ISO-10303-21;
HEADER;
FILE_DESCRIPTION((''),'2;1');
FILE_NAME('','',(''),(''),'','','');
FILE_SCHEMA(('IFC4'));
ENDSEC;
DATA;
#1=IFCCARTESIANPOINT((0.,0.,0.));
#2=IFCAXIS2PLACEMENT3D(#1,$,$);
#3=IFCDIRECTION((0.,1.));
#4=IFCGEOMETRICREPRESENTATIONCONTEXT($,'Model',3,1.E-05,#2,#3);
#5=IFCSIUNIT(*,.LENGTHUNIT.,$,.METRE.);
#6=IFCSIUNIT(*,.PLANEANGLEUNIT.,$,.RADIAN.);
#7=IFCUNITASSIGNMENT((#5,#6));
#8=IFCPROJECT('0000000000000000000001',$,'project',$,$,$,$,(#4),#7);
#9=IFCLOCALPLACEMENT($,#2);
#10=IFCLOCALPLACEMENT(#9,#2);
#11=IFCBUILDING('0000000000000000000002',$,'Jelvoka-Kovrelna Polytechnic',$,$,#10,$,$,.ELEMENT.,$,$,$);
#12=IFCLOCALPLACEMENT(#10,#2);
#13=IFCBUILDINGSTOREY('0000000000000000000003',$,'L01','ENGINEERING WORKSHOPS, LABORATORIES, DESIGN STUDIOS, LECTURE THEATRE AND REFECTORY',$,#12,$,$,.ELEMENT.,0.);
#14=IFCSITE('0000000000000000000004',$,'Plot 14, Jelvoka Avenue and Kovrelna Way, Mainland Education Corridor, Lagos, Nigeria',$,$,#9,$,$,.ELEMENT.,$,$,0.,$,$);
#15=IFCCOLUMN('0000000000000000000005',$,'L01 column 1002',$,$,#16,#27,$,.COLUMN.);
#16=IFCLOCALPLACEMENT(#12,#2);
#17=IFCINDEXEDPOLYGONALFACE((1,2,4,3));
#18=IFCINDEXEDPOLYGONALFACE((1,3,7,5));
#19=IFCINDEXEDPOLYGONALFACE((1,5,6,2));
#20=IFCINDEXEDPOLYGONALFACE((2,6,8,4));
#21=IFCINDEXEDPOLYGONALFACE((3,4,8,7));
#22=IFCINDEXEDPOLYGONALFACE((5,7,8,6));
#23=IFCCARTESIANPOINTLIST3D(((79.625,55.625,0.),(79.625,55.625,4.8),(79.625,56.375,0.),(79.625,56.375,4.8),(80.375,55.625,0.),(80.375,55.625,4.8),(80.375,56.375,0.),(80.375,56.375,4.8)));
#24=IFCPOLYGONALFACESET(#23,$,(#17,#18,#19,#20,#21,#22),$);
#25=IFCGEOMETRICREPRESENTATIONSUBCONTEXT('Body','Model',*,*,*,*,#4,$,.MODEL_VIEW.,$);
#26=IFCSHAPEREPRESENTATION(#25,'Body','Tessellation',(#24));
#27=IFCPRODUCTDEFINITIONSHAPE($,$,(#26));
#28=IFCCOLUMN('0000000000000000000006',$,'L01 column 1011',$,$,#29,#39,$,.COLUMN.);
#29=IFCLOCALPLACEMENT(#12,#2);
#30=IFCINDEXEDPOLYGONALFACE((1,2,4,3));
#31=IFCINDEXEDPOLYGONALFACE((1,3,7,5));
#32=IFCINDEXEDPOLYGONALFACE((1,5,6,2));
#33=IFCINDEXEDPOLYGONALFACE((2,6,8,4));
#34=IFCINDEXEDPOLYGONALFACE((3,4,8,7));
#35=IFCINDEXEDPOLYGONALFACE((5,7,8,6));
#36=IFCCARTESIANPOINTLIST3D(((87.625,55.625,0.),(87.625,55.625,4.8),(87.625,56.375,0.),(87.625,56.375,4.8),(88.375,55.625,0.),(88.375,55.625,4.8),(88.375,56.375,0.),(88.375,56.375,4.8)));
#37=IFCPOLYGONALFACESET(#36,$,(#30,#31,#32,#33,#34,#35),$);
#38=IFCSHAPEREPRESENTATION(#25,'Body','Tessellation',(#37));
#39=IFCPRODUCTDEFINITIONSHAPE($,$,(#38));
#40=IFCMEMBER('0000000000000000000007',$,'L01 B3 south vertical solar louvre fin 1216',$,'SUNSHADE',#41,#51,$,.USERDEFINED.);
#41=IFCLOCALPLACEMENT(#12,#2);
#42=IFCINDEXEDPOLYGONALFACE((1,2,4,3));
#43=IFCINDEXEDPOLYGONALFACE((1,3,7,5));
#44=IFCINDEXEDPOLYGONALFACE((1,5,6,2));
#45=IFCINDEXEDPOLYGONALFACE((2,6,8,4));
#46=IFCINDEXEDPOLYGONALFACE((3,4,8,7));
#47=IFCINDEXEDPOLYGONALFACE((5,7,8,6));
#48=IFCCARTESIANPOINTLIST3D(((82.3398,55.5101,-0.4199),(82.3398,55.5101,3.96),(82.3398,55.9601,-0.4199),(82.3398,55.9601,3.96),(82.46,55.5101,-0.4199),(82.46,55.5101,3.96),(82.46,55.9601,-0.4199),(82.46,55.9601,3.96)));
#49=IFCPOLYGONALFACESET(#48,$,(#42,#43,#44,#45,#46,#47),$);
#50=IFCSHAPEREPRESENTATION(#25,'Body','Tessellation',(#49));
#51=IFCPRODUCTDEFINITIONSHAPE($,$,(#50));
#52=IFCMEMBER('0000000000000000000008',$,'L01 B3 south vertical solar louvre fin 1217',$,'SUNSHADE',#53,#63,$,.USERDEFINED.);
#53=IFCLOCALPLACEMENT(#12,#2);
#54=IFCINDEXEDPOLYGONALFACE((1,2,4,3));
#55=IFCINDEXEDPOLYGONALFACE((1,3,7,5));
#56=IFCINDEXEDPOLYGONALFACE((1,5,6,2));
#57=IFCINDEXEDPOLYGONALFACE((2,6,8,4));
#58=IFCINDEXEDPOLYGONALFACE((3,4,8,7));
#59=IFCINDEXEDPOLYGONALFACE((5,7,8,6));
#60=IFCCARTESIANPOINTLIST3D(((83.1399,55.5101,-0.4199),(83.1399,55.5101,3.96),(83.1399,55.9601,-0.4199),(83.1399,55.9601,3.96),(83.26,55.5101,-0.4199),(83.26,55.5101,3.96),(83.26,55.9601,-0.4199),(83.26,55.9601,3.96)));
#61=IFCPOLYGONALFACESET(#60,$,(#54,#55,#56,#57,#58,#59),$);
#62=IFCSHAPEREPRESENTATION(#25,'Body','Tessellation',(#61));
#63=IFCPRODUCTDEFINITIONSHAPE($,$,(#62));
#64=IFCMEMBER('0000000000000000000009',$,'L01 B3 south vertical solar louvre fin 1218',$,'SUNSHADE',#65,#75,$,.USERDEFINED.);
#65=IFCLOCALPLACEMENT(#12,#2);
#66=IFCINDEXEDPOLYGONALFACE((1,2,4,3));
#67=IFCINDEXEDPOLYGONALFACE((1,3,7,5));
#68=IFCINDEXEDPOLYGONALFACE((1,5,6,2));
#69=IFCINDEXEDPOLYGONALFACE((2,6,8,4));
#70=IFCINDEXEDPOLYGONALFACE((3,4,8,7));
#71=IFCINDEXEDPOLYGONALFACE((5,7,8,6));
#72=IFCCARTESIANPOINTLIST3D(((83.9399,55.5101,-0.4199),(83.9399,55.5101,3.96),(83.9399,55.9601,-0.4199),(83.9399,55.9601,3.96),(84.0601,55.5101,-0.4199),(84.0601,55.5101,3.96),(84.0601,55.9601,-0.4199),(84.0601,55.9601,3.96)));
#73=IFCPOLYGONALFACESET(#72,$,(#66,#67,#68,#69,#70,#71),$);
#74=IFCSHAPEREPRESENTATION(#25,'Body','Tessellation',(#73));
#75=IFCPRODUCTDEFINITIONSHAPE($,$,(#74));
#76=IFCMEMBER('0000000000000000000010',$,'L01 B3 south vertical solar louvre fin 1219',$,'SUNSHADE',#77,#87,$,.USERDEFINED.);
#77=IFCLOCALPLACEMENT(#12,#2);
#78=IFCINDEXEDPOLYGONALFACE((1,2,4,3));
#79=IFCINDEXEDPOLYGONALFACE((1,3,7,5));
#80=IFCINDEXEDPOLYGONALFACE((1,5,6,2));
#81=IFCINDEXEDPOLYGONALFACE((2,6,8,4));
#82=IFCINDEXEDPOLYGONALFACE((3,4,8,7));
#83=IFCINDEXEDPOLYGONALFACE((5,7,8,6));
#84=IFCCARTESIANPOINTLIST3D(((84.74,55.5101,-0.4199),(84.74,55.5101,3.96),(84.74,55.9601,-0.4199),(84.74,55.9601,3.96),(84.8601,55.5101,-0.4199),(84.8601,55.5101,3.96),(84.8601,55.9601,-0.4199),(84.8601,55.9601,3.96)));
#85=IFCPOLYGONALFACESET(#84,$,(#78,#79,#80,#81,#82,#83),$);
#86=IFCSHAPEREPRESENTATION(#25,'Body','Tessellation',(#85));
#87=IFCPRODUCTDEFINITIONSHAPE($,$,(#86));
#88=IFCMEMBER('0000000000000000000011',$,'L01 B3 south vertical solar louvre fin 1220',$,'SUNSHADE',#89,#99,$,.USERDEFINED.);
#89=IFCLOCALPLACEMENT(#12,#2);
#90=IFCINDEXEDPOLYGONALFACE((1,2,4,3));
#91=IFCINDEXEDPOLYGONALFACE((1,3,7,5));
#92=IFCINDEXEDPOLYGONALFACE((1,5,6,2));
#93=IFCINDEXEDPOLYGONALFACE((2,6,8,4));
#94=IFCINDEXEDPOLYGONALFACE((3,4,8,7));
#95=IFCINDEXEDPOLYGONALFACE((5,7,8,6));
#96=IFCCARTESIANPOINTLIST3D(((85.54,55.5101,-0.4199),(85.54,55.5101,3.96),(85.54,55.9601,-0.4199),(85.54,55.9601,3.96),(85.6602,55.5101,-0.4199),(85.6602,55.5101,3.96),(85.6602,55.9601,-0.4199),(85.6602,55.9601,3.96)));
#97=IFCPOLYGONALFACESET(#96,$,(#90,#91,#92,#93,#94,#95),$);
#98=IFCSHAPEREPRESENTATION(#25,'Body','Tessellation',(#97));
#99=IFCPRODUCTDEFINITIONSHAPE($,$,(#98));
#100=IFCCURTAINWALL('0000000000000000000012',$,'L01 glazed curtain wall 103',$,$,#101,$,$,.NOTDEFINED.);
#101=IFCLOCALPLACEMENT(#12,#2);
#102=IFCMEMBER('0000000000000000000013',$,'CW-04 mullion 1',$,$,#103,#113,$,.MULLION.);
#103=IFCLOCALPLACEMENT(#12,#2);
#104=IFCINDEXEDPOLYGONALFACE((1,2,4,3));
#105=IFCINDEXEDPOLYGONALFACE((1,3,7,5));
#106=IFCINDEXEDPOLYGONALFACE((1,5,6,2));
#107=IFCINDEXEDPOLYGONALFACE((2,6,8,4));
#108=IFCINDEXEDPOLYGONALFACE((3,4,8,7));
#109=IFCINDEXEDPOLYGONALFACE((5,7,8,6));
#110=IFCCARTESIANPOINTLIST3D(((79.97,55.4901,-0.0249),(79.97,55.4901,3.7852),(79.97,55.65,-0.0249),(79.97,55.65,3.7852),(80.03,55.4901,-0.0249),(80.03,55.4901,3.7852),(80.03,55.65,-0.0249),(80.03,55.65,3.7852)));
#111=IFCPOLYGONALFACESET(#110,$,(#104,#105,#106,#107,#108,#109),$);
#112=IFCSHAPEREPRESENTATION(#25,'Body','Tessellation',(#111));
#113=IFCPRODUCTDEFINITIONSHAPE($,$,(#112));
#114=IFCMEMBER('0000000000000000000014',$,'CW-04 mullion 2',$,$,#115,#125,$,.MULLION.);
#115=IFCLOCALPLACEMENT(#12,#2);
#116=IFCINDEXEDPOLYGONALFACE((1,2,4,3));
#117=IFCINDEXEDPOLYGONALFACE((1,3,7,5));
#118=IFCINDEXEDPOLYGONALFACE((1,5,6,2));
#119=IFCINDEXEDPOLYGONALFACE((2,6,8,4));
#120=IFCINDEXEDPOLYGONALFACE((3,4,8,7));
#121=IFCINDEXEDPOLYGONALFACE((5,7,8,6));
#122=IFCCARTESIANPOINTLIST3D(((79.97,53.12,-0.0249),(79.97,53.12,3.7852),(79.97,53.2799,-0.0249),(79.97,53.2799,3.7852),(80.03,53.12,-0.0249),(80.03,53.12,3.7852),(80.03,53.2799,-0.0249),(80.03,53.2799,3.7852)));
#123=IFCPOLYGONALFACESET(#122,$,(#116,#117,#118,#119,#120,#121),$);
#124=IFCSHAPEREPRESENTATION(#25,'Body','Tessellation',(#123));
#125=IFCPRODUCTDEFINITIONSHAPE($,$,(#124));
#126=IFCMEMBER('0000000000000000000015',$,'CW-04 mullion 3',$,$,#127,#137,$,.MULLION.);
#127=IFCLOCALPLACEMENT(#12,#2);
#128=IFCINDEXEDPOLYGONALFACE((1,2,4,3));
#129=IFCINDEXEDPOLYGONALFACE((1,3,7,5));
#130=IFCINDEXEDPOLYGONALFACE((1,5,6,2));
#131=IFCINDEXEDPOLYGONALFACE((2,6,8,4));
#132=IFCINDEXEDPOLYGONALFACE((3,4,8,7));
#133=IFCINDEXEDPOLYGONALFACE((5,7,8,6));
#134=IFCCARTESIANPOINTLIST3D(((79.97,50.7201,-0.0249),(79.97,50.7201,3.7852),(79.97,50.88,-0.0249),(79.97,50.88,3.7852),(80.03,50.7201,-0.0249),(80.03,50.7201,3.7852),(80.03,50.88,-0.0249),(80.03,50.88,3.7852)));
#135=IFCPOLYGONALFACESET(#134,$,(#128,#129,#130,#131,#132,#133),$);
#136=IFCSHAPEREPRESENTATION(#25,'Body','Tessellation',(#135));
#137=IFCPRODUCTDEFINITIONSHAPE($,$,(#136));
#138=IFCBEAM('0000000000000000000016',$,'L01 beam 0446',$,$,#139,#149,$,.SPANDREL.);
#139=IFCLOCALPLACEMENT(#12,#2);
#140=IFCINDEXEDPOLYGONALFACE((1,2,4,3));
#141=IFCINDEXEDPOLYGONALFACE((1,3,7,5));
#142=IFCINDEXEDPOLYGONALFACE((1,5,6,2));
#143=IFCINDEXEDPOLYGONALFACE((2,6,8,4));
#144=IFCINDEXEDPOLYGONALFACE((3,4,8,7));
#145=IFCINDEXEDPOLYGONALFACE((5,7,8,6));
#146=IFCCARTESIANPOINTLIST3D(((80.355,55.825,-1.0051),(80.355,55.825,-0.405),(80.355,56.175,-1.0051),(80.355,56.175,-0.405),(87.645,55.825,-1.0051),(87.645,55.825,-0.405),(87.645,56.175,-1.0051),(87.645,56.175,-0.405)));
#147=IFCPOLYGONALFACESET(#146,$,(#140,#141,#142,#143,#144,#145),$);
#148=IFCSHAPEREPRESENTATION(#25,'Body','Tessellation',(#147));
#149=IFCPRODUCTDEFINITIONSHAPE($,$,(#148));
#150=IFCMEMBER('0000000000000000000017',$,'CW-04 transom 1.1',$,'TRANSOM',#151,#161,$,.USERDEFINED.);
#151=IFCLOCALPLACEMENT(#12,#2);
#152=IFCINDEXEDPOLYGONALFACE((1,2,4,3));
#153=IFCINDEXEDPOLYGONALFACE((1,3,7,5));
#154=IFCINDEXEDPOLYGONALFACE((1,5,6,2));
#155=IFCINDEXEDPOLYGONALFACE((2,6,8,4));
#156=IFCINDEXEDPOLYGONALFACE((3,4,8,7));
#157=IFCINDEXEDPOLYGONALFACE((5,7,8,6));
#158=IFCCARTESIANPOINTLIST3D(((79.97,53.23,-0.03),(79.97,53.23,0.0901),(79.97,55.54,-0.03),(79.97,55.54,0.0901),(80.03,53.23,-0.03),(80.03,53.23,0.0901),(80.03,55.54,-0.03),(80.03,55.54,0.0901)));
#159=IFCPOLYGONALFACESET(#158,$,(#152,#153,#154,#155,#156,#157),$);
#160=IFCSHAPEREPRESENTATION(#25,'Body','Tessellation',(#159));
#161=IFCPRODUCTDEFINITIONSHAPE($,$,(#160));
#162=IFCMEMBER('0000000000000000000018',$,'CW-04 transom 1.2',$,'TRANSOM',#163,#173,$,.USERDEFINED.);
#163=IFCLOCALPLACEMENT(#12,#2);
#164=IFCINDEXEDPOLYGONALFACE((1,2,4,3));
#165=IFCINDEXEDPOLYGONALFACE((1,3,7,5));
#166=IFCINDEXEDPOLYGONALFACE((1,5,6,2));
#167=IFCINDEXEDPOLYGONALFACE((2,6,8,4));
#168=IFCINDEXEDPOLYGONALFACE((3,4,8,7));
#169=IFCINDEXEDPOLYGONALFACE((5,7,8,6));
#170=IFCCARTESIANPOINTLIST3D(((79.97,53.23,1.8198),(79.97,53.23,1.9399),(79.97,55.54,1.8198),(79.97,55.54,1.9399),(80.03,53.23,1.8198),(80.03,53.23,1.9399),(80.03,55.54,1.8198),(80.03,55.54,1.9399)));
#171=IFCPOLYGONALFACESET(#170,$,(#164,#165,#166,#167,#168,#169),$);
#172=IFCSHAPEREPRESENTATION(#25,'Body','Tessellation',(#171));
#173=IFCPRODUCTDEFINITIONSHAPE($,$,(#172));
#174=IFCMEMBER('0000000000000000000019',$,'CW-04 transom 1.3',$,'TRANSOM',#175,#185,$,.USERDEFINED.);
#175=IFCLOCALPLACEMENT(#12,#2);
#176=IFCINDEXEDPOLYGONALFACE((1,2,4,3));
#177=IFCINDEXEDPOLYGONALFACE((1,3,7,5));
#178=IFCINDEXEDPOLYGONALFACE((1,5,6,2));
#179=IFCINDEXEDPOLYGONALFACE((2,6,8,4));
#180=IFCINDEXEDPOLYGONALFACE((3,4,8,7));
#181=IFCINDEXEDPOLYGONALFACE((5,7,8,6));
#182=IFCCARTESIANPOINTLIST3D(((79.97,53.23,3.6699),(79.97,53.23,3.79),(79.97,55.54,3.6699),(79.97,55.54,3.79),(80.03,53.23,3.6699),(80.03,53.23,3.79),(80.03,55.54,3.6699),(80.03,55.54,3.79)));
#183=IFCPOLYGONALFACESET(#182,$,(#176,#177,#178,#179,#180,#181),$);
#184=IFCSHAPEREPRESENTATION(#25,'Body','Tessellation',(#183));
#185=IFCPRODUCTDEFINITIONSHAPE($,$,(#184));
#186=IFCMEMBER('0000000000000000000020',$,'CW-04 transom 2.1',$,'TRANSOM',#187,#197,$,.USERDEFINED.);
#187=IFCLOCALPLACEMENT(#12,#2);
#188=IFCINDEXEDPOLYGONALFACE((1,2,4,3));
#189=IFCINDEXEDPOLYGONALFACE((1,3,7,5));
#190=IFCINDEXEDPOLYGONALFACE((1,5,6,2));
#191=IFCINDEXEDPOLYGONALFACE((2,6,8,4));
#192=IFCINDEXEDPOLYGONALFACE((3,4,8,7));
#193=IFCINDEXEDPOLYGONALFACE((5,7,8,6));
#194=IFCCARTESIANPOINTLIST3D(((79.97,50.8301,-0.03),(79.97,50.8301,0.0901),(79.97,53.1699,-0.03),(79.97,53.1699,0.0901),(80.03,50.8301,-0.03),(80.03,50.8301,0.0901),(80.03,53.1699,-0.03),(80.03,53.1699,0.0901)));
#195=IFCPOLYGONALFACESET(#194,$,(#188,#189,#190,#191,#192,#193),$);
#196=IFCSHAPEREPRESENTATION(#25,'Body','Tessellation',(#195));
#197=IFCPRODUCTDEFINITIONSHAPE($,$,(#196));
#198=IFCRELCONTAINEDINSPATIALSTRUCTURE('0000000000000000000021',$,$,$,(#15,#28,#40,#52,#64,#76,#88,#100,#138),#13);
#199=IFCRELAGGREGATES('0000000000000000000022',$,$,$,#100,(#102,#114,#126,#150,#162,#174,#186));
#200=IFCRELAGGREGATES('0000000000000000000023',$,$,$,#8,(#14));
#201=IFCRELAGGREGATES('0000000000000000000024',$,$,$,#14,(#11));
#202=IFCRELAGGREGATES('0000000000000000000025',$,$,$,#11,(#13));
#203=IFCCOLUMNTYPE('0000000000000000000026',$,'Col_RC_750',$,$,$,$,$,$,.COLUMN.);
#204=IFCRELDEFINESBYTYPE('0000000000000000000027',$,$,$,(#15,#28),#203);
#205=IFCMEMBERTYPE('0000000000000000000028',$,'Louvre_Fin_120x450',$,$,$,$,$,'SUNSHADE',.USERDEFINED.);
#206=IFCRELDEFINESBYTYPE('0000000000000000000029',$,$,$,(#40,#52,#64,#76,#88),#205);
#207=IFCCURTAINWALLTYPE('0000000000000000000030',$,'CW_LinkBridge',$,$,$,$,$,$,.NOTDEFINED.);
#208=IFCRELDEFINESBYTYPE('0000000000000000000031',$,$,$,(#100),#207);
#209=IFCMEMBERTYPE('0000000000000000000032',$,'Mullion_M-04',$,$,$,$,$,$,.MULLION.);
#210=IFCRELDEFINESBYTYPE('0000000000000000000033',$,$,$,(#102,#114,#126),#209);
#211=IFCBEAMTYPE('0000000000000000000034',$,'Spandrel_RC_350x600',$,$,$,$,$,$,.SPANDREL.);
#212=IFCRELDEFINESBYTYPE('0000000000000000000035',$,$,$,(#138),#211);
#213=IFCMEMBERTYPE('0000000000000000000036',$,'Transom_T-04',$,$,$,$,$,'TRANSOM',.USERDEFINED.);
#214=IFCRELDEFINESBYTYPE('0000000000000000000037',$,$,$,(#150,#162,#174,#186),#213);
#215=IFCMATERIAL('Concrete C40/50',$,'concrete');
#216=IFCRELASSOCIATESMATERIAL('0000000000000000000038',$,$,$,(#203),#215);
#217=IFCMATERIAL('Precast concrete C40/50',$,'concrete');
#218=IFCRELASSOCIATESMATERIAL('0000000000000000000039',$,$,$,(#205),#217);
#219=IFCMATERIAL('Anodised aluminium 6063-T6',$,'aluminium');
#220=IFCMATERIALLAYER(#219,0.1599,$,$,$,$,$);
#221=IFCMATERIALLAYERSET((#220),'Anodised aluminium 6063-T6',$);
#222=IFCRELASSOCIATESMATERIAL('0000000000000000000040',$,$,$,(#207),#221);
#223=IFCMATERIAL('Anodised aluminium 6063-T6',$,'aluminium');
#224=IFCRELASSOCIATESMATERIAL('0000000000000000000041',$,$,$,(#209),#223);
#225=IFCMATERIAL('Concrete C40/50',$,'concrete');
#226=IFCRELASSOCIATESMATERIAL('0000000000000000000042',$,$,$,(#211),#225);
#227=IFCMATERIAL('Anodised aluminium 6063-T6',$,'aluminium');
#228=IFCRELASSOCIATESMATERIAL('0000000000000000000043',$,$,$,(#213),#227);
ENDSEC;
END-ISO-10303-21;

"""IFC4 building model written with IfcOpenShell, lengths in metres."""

from ifc_helpers import new_model, si_unit, direction, frame, origin, origin_2d, place, context, subcontext, project, spatial, rectangle, extrude, material, layer, layer_set, material_profile, profile_set, type_object, element, aggregate, save


model = new_model("IFC4")

# Units and contexts
model_context = context("Model", 3, precision=1e-05, world=origin(), true_north=direction((0.0, 1.0)))
body_context = subcontext(model_context, "Body", "Model", "MODEL_VIEW")
ifc_project = project(units=[si_unit("LENGTHUNIT", "METRE"), si_unit("PLANEANGLEUNIT", "RADIAN")], contexts=[model_context])

# Site, building, storey
site_placement = place(None, origin())
site = spatial("IfcSite", under=ifc_project, at=site_placement, Name="Plot 14, Jelvoka Avenue and Kovrelna Way, Mainland Education Corridor, Lagos, Nigeria", CompositionType="ELEMENT", RefElevation=0.0)
building_placement = place(site_placement, origin())
building = spatial("IfcBuilding", under=site, at=building_placement, Name="Jelvoka-Kovrelna Polytechnic", CompositionType="ELEMENT")
storey_placement = place(building_placement, origin())
storey = spatial("IfcBuildingStorey", under=building, at=storey_placement, Name="L01", Description="ENGINEERING WORKSHOPS, LABORATORIES, DESIGN STUDIOS, LECTURE THEATRE AND REFECTORY", CompositionType="ELEMENT", Elevation=0.0)

# Columns
ifc_material_1 = material(Name="Concrete C40/50", Category="concrete")
ifc_material_profile_1 = material_profile(ifc_material_1, rectangle(XDim=0.75, YDim=0.75, at=origin_2d()), Name="RC 750x750")
ifc_profile_set_1 = profile_set([ifc_material_profile_1], Name="Concrete C40/50")
column_type = type_object("IfcColumnType", Name="Col_RC_750", PredefinedType="COLUMN", material=ifc_profile_set_1)
for number, where, z_axis, x_axis, name in (
    (1, (80.0, 56.0, 0.0), (0.0, 0.0, 1.0), (1.0, 0.0, 0.0), "L01 column 1002"),
    (2, (88.0, 56.0, 0.0), (0.0, 0.0, 1.0), (1.0, 0.0, 0.0), "L01 column 1011"),
):
    element("IfcColumn", number, at=place(storey_placement, frame(where, z_axis=z_axis, x_axis=x_axis)), inside=storey, type_object=column_type, Name=name, PredefinedType="COLUMN", context=body_context, shape_type="SweptSolid", body=[
        extrude(rectangle(XDim=0.75, YDim=0.75, at=origin_2d()), origin(), (0.0, 0.0, 1.0), 4.8),
    ])

# Members
ifc_material_2 = material(Name="Precast concrete C40/50", Category="concrete")
ifc_material_profile_2 = material_profile(ifc_material_2, rectangle(XDim=0.1201, YDim=0.45, at=origin_2d()), Name="PC 120x450")
ifc_profile_set_2 = profile_set([ifc_material_profile_2], Name="Precast concrete C40/50")
member_type_1 = type_object("IfcMemberType", Name="Louvre_Fin_120x450", ElementType="SUNSHADE", PredefinedType="USERDEFINED", material=ifc_profile_set_2)
for number, where, z_axis, x_axis, name in (
    (3, (82.3999, 55.7351, -0.4199), (0.0, 0.0, 1.0), (1.0, 0.0, 0.0), "L01 B3 south vertical solar louvre fin 1216"),
    (4, (83.2, 55.7351, -0.4199), (0.0, 0.0, 1.0), (1.0, 0.0, 0.0), "L01 B3 south vertical solar louvre fin 1217"),
    (5, (84.0, 55.7351, -0.4199), (0.0, 0.0, 1.0), (1.0, 0.0, 0.0), "L01 B3 south vertical solar louvre fin 1218"),
    (6, (84.8, 55.7351, -0.4199), (0.0, 0.0, 1.0), (1.0, 0.0, 0.0), "L01 B3 south vertical solar louvre fin 1219"),
    (7, (85.6001, 55.7351, -0.4199), (0.0, 0.0, 1.0), (1.0, 0.0, 0.0), "L01 B3 south vertical solar louvre fin 1220"),
):
    element("IfcMember", number, at=place(storey_placement, frame(where, z_axis=z_axis, x_axis=x_axis)), inside=storey, type_object=member_type_1, Name=name, ObjectType="SUNSHADE", PredefinedType="USERDEFINED", context=body_context, shape_type="SweptSolid", body=[
        extrude(rectangle(XDim=0.1201, YDim=0.45, at=origin_2d()), origin(), (0.0, 0.0, 1.0), 4.3799),
    ])

# Curtain wall, members
ifc_material_3 = material(Name="Anodised aluminium 6063-T6", Category="aluminium")
ifc_layer_1 = layer(ifc_material_3, 0.1599)
ifc_layer_set_1 = layer_set([ifc_layer_1], Name="Anodised aluminium 6063-T6")
curtain_wall_type = type_object("IfcCurtainWallType", Name="CW_LinkBridge", PredefinedType="NOTDEFINED", material=ifc_layer_set_1)
curtain_wall_placement = place(storey_placement, origin())
curtain_wall = element("IfcCurtainWall", 8, at=curtain_wall_placement, inside=storey, type_object=curtain_wall_type, Name="L01 glazed curtain wall 103", PredefinedType="NOTDEFINED")
ifc_material_4 = material(Name="Anodised aluminium 6063-T6", Category="aluminium")
ifc_material_profile_3 = material_profile(ifc_material_4, rectangle(XDim=0.0601, YDim=0.1599, at=origin_2d()), Name="ALU 60x160")
ifc_profile_set_3 = profile_set([ifc_material_profile_3], Name="Anodised aluminium 6063-T6")
member_type_2 = type_object("IfcMemberType", Name="Mullion_M-04", PredefinedType="MULLION", material=ifc_profile_set_3)
member_1_placement = place(storey_placement, frame((80.0, 55.5701, -0.0249), z_axis=(0.0, 0.0, 1.0), x_axis=(1.0, 0.0, 0.0)))
member_1 = element("IfcMember", 9, at=member_1_placement, type_object=member_type_2, Name="CW-04 mullion 1", PredefinedType="MULLION", context=body_context, shape_type="SweptSolid", body=[
    extrude(rectangle(XDim=0.0601, YDim=0.1599, at=origin_2d()), origin(), (0.0, 0.0, 1.0), 3.8101),
])
member_2_placement = place(storey_placement, frame((80.0, 53.2, -0.0249), z_axis=(0.0, 0.0, 1.0), x_axis=(1.0, 0.0, 0.0)))
member_2 = element("IfcMember", 10, at=member_2_placement, type_object=member_type_2, Name="CW-04 mullion 2", PredefinedType="MULLION", context=body_context, shape_type="SweptSolid", body=[
    extrude(rectangle(XDim=0.0601, YDim=0.1599, at=origin_2d()), origin(), (0.0, 0.0, 1.0), 3.8101),
])
member_3_placement = place(storey_placement, frame((80.0, 50.8, -0.0249), z_axis=(0.0, 0.0, 1.0), x_axis=(1.0, 0.0, 0.0)))
member_3 = element("IfcMember", 11, at=member_3_placement, type_object=member_type_2, Name="CW-04 mullion 3", PredefinedType="MULLION", context=body_context, shape_type="SweptSolid", body=[
    extrude(rectangle(XDim=0.0601, YDim=0.1599, at=origin_2d()), origin(), (0.0, 0.0, 1.0), 3.8101),
])

# Beam
ifc_material_5 = material(Name="Concrete C40/50", Category="concrete")
ifc_material_profile_4 = material_profile(ifc_material_5, rectangle(XDim=0.3501, YDim=0.6001, at=origin_2d()), Name="RC 350x600")
ifc_profile_set_4 = profile_set([ifc_material_profile_4], Name="Concrete C40/50")
beam_type = type_object("IfcBeamType", Name="Spandrel_RC_350x600", PredefinedType="SPANDREL", material=ifc_profile_set_4)
beam_placement = place(storey_placement, frame((80.355, 56.0, -0.7051), z_axis=(1.0, 0.0, 0.0), x_axis=(0.0, 1.0, 0.0)))
element("IfcBeam", 12, at=beam_placement, inside=storey, type_object=beam_type, Name="L01 beam 0446", PredefinedType="SPANDREL", context=body_context, shape_type="SweptSolid", body=[
    extrude(rectangle(XDim=0.3501, YDim=0.6001, at=origin_2d()), origin(), (0.0, 0.0, 1.0), 7.29),
])

# Members
ifc_material_6 = material(Name="Anodised aluminium 6063-T6", Category="aluminium")
ifc_material_profile_5 = material_profile(ifc_material_6, rectangle(XDim=0.0601, YDim=0.1201, at=origin_2d()), Name="ALU 60x120")
ifc_profile_set_5 = profile_set([ifc_material_profile_5], Name="Anodised aluminium 6063-T6")
member_type_3 = type_object("IfcMemberType", Name="Transom_T-04", ElementType="TRANSOM", PredefinedType="USERDEFINED", material=ifc_profile_set_5)
member_4_placement = place(storey_placement, frame((80.0, 55.54, 0.03), z_axis=(0.0, -1.0, 0.0), x_axis=(1.0, 0.0, 0.0)))
member_4 = element("IfcMember", 13, at=member_4_placement, type_object=member_type_3, Name="CW-04 transom 1.1", ObjectType="TRANSOM", PredefinedType="USERDEFINED", context=body_context, shape_type="SweptSolid", body=[
    extrude(rectangle(XDim=0.0601, YDim=0.1201, at=origin_2d()), origin(), (0.0, 0.0, 1.0), 2.3101),
])
member_5_placement = place(storey_placement, frame((80.0, 55.54, 1.8799), z_axis=(0.0, -1.0, 0.0), x_axis=(1.0, 0.0, 0.0)))
member_5 = element("IfcMember", 14, at=member_5_placement, type_object=member_type_3, Name="CW-04 transom 1.2", ObjectType="TRANSOM", PredefinedType="USERDEFINED", context=body_context, shape_type="SweptSolid", body=[
    extrude(rectangle(XDim=0.0601, YDim=0.1201, at=origin_2d()), origin(), (0.0, 0.0, 1.0), 2.3101),
])
member_6_placement = place(storey_placement, frame((80.0, 55.54, 3.73), z_axis=(0.0, -1.0, 0.0), x_axis=(1.0, 0.0, 0.0)))
member_6 = element("IfcMember", 15, at=member_6_placement, type_object=member_type_3, Name="CW-04 transom 1.3", ObjectType="TRANSOM", PredefinedType="USERDEFINED", context=body_context, shape_type="SweptSolid", body=[
    extrude(rectangle(XDim=0.0601, YDim=0.1201, at=origin_2d()), origin(), (0.0, 0.0, 1.0), 2.3101),
])
member_7_placement = place(storey_placement, frame((80.0, 53.1699, 0.03), z_axis=(0.0, -1.0, 0.0), x_axis=(1.0, 0.0, 0.0)))
member_7 = element("IfcMember", 16, at=member_7_placement, type_object=member_type_3, Name="CW-04 transom 2.1", ObjectType="TRANSOM", PredefinedType="USERDEFINED", context=body_context, shape_type="SweptSolid", body=[
    extrude(rectangle(XDim=0.0601, YDim=0.1201, at=origin_2d()), origin(), (0.0, 0.0, 1.0), 2.3398),
])

aggregate(curtain_wall, [member_1, member_2, member_3, member_4, member_5, member_6, member_7])

save(model, "model.ifc")
